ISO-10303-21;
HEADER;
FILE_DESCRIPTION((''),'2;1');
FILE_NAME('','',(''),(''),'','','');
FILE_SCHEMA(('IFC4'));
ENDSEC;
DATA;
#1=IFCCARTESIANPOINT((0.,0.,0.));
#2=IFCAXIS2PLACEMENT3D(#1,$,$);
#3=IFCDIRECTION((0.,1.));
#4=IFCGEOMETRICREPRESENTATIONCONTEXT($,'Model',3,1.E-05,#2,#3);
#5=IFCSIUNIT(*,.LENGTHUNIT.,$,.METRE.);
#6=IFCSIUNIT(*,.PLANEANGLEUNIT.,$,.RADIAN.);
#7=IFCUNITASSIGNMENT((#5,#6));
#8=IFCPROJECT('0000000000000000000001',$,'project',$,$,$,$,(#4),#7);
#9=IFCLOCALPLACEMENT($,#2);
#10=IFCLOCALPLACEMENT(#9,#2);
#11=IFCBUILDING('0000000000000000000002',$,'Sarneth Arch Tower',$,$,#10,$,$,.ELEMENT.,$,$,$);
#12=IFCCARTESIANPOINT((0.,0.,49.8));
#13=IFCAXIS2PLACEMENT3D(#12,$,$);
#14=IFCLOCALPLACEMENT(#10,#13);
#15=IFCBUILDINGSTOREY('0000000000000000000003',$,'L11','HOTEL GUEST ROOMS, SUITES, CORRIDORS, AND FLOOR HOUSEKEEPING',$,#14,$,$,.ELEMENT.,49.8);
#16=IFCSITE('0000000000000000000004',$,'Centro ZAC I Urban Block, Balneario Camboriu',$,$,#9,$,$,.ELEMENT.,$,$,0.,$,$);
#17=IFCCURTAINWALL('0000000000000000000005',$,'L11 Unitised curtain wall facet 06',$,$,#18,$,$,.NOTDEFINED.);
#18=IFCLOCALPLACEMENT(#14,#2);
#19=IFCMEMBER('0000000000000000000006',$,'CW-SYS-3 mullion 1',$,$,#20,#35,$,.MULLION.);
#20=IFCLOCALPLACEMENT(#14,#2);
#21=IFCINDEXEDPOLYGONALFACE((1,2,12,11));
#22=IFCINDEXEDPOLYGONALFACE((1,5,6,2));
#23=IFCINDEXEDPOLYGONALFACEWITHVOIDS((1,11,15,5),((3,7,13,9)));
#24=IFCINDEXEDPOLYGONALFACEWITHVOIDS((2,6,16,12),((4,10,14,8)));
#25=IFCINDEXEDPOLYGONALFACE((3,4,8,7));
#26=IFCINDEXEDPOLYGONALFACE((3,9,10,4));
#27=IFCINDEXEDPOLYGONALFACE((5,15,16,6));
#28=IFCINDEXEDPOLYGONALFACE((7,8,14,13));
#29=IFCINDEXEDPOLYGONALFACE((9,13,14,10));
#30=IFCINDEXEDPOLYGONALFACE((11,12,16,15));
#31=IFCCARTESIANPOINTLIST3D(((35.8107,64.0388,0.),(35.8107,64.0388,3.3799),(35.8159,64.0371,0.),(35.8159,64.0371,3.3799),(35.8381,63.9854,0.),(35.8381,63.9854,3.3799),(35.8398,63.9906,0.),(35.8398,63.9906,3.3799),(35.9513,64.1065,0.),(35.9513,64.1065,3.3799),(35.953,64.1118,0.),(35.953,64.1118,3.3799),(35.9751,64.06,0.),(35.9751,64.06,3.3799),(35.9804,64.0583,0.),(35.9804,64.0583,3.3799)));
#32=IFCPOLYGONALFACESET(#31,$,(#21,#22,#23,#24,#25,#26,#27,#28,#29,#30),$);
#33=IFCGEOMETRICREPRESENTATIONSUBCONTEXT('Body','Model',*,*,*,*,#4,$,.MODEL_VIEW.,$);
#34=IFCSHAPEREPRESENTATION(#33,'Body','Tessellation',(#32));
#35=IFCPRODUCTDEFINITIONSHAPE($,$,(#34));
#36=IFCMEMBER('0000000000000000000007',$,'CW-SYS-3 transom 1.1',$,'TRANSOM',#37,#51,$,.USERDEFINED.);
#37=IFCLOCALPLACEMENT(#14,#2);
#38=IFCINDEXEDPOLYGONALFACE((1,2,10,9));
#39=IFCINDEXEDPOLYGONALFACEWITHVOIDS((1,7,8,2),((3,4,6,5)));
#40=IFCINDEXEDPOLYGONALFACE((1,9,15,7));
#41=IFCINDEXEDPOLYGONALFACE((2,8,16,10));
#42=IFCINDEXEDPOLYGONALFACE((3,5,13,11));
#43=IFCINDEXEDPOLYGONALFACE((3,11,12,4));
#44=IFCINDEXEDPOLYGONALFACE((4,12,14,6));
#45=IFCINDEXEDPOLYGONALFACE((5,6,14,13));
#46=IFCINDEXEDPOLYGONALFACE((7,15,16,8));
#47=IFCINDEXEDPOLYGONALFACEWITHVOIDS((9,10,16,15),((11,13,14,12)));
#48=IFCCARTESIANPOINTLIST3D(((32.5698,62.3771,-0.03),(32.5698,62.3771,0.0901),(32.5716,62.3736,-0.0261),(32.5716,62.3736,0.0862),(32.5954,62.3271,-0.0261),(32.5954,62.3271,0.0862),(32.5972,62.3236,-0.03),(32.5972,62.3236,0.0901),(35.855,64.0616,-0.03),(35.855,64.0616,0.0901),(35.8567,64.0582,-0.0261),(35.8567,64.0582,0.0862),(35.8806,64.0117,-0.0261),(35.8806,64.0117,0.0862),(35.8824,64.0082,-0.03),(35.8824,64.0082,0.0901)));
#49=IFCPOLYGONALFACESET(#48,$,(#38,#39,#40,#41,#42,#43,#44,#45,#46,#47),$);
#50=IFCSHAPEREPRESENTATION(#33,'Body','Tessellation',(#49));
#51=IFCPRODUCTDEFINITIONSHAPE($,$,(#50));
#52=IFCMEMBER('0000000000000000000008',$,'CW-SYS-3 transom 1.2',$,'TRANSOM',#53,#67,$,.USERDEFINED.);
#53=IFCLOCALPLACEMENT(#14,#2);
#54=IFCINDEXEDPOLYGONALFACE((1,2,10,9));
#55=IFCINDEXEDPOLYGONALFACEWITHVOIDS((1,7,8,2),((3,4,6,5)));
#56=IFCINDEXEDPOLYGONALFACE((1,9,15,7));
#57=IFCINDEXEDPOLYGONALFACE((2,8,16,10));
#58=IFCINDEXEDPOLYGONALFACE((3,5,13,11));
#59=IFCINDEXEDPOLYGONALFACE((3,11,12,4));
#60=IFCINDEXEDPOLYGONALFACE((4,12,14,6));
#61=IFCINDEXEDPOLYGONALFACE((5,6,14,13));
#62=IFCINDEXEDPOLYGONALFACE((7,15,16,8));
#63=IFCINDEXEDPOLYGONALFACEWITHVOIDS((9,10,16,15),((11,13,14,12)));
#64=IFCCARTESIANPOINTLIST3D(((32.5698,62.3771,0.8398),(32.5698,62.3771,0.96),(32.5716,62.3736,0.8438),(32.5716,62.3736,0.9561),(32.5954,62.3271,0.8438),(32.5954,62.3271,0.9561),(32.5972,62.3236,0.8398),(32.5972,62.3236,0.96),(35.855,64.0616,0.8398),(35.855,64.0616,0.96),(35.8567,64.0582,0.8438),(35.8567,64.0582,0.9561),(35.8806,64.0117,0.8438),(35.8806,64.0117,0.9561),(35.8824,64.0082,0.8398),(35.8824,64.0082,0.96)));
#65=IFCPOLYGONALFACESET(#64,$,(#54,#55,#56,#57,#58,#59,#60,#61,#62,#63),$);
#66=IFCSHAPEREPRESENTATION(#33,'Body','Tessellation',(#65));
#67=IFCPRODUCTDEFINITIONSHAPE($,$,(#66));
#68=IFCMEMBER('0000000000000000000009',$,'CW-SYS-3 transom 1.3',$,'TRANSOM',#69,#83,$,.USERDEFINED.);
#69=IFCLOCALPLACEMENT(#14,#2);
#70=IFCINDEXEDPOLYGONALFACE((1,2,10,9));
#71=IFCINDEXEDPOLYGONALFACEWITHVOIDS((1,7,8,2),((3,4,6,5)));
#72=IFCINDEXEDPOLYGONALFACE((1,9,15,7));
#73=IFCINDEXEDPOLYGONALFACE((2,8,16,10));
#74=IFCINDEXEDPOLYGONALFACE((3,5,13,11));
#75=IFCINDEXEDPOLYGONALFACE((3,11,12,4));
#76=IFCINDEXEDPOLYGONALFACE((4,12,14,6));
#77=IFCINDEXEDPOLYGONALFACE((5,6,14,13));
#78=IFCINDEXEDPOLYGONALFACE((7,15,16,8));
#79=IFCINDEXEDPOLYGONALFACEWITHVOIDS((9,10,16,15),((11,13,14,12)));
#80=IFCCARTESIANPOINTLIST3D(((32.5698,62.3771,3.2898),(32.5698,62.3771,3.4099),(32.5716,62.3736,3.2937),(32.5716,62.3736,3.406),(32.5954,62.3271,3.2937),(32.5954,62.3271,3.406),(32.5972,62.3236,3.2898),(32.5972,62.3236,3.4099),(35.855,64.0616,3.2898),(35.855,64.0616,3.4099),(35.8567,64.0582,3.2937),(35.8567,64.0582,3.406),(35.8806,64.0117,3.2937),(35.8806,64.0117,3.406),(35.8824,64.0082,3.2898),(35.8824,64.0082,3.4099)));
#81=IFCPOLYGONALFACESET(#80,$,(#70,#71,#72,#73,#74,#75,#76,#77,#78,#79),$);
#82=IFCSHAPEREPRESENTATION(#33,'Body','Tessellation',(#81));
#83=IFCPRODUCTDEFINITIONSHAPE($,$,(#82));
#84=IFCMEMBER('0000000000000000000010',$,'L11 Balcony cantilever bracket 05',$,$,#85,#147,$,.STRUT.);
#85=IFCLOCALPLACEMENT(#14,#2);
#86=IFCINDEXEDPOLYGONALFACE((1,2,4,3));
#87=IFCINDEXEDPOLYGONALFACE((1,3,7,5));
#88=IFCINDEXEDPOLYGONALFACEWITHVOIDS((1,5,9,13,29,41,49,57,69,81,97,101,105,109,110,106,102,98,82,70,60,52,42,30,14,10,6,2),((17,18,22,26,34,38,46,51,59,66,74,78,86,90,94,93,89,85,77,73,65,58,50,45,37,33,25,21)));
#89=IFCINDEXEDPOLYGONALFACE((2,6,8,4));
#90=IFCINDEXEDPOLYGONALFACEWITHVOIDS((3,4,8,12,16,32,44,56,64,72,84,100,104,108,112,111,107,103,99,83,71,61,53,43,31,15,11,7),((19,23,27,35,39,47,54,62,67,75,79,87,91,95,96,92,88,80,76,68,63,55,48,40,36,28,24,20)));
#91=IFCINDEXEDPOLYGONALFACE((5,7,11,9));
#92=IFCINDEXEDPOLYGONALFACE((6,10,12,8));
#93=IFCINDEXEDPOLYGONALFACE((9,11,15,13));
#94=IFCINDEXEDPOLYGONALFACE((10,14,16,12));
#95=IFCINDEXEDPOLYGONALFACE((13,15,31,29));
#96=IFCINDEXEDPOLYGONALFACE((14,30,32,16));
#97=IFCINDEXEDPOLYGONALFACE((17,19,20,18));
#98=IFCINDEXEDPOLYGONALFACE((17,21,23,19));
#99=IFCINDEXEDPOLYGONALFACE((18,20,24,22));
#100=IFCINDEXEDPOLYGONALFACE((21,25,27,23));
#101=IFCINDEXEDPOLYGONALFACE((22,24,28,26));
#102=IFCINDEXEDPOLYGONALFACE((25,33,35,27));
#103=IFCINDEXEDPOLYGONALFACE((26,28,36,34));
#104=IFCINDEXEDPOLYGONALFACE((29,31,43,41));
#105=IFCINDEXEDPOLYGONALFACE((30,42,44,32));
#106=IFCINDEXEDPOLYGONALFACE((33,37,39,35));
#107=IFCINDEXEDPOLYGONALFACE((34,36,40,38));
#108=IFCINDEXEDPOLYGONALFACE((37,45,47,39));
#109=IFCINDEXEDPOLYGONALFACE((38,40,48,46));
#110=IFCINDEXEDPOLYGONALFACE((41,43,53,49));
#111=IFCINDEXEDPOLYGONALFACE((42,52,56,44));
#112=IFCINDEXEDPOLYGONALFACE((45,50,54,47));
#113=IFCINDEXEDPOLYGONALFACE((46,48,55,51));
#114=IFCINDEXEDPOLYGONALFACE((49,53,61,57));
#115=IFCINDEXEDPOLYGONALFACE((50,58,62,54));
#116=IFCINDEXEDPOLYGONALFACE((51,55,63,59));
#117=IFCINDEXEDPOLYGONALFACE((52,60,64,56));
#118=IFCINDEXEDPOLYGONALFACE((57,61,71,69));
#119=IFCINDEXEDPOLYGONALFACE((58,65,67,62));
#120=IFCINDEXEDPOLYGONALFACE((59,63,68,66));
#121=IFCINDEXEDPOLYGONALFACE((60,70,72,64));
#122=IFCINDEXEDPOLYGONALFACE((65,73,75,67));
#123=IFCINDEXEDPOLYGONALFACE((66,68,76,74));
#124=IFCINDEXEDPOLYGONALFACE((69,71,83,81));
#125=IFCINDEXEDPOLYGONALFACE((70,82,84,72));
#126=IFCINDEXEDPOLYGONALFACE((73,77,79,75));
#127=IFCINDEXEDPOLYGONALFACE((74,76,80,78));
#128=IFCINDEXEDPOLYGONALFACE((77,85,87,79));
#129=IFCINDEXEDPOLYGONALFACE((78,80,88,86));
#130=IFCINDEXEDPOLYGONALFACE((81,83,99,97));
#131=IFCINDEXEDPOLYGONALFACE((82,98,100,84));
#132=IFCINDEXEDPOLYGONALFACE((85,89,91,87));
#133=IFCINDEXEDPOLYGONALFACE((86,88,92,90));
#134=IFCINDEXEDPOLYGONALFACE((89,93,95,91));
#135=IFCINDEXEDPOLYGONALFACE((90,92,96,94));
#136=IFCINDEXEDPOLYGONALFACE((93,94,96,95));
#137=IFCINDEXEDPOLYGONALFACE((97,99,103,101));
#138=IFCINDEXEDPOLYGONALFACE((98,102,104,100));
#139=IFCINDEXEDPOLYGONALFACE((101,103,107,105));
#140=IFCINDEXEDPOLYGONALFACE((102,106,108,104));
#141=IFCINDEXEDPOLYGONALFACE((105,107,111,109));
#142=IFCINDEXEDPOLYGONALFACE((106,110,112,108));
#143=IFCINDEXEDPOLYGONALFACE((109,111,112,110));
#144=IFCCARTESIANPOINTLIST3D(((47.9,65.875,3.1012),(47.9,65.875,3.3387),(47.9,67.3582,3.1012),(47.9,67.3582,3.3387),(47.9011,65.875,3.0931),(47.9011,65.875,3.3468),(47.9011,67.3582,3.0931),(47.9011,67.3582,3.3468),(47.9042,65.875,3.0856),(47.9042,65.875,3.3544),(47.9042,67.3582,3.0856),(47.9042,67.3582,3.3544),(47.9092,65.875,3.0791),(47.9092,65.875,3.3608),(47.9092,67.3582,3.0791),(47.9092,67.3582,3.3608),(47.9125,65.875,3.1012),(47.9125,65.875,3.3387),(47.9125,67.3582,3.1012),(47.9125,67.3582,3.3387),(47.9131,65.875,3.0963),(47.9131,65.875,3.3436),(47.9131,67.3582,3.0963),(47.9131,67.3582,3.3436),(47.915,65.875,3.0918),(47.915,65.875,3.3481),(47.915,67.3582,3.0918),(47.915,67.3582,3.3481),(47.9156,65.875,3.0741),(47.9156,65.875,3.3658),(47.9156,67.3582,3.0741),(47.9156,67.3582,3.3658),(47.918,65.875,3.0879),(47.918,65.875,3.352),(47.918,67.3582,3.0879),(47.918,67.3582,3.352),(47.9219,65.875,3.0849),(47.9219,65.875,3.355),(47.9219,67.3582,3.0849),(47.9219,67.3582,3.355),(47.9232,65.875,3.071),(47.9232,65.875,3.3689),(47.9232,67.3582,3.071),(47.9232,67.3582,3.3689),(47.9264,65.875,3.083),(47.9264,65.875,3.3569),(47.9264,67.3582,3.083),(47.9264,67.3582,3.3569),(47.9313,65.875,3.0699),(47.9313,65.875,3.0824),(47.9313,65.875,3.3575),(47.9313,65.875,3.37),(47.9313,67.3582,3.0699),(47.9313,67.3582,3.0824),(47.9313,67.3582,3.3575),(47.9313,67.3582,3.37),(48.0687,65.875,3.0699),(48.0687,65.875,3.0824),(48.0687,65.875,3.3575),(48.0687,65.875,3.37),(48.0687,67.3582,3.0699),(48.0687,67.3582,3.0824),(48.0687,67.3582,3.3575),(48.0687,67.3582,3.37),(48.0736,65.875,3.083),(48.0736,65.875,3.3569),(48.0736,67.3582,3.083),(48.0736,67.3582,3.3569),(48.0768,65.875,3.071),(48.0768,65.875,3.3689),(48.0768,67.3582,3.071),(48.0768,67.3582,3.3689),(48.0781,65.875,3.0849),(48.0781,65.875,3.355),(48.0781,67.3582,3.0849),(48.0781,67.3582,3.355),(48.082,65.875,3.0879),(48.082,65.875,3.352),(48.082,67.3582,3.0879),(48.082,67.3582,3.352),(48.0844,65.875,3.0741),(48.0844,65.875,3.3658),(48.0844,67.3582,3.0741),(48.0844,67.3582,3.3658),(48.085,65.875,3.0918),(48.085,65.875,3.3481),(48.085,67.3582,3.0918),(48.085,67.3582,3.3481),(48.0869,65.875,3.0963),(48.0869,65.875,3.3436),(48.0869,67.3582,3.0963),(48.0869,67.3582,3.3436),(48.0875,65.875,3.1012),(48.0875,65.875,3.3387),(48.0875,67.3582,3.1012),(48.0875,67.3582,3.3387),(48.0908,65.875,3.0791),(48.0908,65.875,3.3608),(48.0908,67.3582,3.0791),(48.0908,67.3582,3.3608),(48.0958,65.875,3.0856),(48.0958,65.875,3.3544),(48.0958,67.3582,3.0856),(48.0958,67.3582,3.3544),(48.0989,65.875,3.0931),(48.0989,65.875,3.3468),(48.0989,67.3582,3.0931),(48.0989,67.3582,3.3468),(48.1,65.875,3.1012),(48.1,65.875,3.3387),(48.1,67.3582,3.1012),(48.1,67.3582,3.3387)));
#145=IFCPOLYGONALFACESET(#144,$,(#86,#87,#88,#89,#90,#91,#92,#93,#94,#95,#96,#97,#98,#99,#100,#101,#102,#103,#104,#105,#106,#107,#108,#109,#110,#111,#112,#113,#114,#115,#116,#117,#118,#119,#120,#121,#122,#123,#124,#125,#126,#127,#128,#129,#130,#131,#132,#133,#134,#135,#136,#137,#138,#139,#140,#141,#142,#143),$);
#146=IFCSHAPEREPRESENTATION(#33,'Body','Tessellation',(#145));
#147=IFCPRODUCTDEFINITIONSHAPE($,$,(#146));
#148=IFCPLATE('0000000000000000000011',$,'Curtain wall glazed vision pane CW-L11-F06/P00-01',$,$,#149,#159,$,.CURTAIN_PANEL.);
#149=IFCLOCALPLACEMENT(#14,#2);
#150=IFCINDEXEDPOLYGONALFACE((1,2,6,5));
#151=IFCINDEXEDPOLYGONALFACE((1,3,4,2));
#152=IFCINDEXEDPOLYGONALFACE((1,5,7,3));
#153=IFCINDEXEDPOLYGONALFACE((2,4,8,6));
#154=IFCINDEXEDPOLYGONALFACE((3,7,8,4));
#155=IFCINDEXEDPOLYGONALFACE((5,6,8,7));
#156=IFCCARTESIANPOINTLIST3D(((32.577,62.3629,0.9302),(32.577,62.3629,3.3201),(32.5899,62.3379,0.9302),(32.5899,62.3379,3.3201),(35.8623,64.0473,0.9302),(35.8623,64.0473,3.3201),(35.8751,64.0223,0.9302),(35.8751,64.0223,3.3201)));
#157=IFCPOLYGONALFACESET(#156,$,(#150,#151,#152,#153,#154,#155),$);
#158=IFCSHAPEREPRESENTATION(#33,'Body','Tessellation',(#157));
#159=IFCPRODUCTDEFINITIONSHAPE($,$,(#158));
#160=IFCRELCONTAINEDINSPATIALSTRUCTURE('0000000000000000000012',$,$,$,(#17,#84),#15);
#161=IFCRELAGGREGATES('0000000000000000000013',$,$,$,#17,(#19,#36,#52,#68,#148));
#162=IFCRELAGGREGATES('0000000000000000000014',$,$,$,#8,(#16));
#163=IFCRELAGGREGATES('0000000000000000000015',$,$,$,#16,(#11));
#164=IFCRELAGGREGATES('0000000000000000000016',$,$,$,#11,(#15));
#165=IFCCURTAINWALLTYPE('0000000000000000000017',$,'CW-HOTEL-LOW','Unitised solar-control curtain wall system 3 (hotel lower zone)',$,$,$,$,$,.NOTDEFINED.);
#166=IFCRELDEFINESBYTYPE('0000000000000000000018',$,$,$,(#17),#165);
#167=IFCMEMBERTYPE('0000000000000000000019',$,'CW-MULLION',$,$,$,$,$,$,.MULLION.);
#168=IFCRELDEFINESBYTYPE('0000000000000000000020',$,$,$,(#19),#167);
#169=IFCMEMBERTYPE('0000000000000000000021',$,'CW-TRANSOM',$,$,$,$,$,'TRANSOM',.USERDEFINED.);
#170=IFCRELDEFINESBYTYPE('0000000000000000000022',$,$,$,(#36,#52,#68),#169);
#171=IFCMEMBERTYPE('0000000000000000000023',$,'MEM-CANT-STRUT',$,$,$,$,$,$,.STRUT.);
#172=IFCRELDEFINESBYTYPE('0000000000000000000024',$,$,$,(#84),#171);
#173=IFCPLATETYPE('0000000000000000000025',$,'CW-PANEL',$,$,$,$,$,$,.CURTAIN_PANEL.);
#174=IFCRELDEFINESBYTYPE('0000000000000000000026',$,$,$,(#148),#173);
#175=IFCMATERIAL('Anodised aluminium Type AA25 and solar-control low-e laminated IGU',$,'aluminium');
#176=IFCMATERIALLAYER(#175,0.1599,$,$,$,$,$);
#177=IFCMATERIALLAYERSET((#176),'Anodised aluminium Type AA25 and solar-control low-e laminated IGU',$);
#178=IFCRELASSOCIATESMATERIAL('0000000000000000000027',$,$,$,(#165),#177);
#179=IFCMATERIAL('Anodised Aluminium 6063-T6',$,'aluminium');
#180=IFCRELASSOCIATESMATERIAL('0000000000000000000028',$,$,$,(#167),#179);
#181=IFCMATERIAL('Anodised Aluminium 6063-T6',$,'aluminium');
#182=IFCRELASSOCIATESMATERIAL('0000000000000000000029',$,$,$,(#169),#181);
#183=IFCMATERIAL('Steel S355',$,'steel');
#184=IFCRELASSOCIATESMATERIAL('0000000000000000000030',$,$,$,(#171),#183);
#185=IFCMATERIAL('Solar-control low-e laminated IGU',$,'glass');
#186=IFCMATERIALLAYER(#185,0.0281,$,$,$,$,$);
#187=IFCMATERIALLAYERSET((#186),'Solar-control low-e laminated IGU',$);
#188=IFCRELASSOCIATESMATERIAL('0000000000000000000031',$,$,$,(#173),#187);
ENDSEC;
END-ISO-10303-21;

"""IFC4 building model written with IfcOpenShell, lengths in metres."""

from ifc_helpers import new_model, si_unit, direction, frame, origin, origin_2d, place, context, subcontext, project, spatial, rectangle, hollow_rectangle, extrude, material, layer, layer_set, material_profile, profile_set, type_object, element, aggregate, save


model = new_model("IFC4")

# Units and contexts
model_context = context("Model", 3, precision=1e-05, world=origin(), true_north=direction((0.0, 1.0)))
body_context = subcontext(model_context, "Body", "Model", "MODEL_VIEW")
ifc_project = project(units=[si_unit("LENGTHUNIT", "METRE"), si_unit("PLANEANGLEUNIT", "RADIAN")], contexts=[model_context])

# Site, building, storey
site_placement = place(None, origin())
site = spatial("IfcSite", under=ifc_project, at=site_placement, Name="Centro ZAC I Urban Block, Balneario Camboriu", CompositionType="ELEMENT", RefElevation=0.0)
building_placement = place(site_placement, origin())
building = spatial("IfcBuilding", under=site, at=building_placement, Name="Sarneth Arch Tower", CompositionType="ELEMENT")
storey_placement = place(building_placement, frame((0.0, 0.0, 49.8)))
storey = spatial("IfcBuildingStorey", under=building, at=storey_placement, Name="L11", Description="HOTEL GUEST ROOMS, SUITES, CORRIDORS, AND FLOOR HOUSEKEEPING", CompositionType="ELEMENT", Elevation=49.8)

# Curtain wall, members
ifc_material_1 = material(Name="Anodised aluminium Type AA25 and solar-control low-e laminated IGU", Category="aluminium")
ifc_layer_1 = layer(ifc_material_1, 0.1599)
ifc_layer_set_1 = layer_set([ifc_layer_1], Name="Anodised aluminium Type AA25 and solar-control low-e laminated IGU")
curtain_wall_type = type_object("IfcCurtainWallType", Name="CW-HOTEL-LOW", Description="Unitised solar-control curtain wall system 3 (hotel lower zone)", PredefinedType="NOTDEFINED", material=ifc_layer_set_1)
curtain_wall_placement = place(storey_placement, origin())
curtain_wall = element("IfcCurtainWall", 1, at=curtain_wall_placement, inside=storey, type_object=curtain_wall_type, Name="L11 Unitised curtain wall facet 06", PredefinedType="NOTDEFINED")
ifc_material_2 = material(Name="Anodised Aluminium 6063-T6", Category="aluminium")
ifc_material_profile_1 = material_profile(ifc_material_2, hollow_rectangle(XDim=0.0601, YDim=0.1599, WallThickness=0.0039, at=origin_2d()), Name="AL-MULL-160x60x4")
ifc_profile_set_1 = profile_set([ifc_material_profile_1], Name="Anodised Aluminium 6063-T6")
member_type_1 = type_object("IfcMemberType", Name="CW-MULLION", PredefinedType="MULLION", material=ifc_profile_set_1)
member_1_placement = place(storey_placement, frame((35.8955, 64.0486, 0.0), z_axis=(0.0, 0.0, 1.0), x_axis=(0.456245, -0.889854, 0.0)))
member_1 = element("IfcMember", 2, at=member_1_placement, type_object=member_type_1, Name="CW-SYS-3 mullion 1", PredefinedType="MULLION", context=body_context, shape_type="SweptSolid", body=[
    extrude(hollow_rectangle(XDim=0.0601, YDim=0.1599, WallThickness=0.0039, at=origin_2d()), origin(), (0.0, 0.0, 1.0), 3.3799),
])
ifc_material_3 = material(Name="Anodised Aluminium 6063-T6", Category="aluminium")
ifc_material_profile_2 = material_profile(ifc_material_3, hollow_rectangle(XDim=0.0601, YDim=0.1201, WallThickness=0.0039, at=origin_2d()), Name="AL-TRAN-120x60x4")
ifc_profile_set_2 = profile_set([ifc_material_profile_2], Name="Anodised Aluminium 6063-T6")
member_type_2 = type_object("IfcMemberType", Name="CW-TRANSOM", ElementType="TRANSOM", PredefinedType="USERDEFINED", material=ifc_profile_set_2)
member_2_placement = place(storey_placement, frame((35.8687, 64.0349, 0.03), z_axis=(-0.889831, -0.45629, 0.0), x_axis=(0.45629, -0.889831, 0.0)))
member_2 = element("IfcMember", 3, at=member_2_placement, type_object=member_type_2, Name="CW-SYS-3 transom 1.1", ObjectType="TRANSOM", PredefinedType="USERDEFINED", context=body_context, shape_type="SweptSolid", body=[
    extrude(hollow_rectangle(XDim=0.0601, YDim=0.1201, WallThickness=0.0039, at=origin_2d()), origin(), (0.0, 0.0, 1.0), 3.6919),
])
member_3_placement = place(storey_placement, frame((35.8687, 64.0349, 0.8999), z_axis=(-0.889831, -0.45629, 0.0), x_axis=(0.45629, -0.889831, 0.0)))
member_3 = element("IfcMember", 4, at=member_3_placement, type_object=member_type_2, Name="CW-SYS-3 transom 1.2", ObjectType="TRANSOM", PredefinedType="USERDEFINED", context=body_context, shape_type="SweptSolid", body=[
    extrude(hollow_rectangle(XDim=0.0601, YDim=0.1201, WallThickness=0.0039, at=origin_2d()), origin(), (0.0, 0.0, 1.0), 3.6919),
])
member_4_placement = place(storey_placement, frame((35.8687, 64.0349, 3.3499), z_axis=(-0.889831, -0.45629, 0.0), x_axis=(0.45629, -0.889831, 0.0)))
member_4 = element("IfcMember", 5, at=member_4_placement, type_object=member_type_2, Name="CW-SYS-3 transom 1.3", ObjectType="TRANSOM", PredefinedType="USERDEFINED", context=body_context, shape_type="SweptSolid", body=[
    extrude(hollow_rectangle(XDim=0.0601, YDim=0.1201, WallThickness=0.0039, at=origin_2d()), origin(), (0.0, 0.0, 1.0), 3.6919),
])

# Member
ifc_material_4 = material(Name="Steel S355", Category="steel")
ifc_material_profile_3 = material_profile(ifc_material_4, hollow_rectangle(XDim=0.2, YDim=0.3, WallThickness=0.0125, InnerFilletRadius=0.0188, OuterFilletRadius=0.0312, at=origin_2d()), Name="RHS300x200x12.5")
ifc_profile_set_3 = profile_set([ifc_material_profile_3], Name="Steel S355")
member_type_3 = type_object("IfcMemberType", Name="MEM-CANT-STRUT", PredefinedType="STRUT", material=ifc_profile_set_3)
member_5_placement = place(storey_placement, frame((48.0, 65.875, 3.22), z_axis=(0.0, 1.0, 0.0), x_axis=(-1.0, 0.0, 0.0)))
element("IfcMember", 6, at=member_5_placement, inside=storey, type_object=member_type_3, Name="L11 Balcony cantilever bracket 05", PredefinedType="STRUT", context=body_context, shape_type="SweptSolid", body=[
    extrude(hollow_rectangle(XDim=0.2, YDim=0.3, WallThickness=0.0125, InnerFilletRadius=0.0188, OuterFilletRadius=0.0312, at=origin_2d()), origin(), (0.0, 0.0, 1.0), 1.4832),
])

# Plate
ifc_material_5 = material(Name="Solar-control low-e laminated IGU", Category="glass")
ifc_layer_2 = layer(ifc_material_5, 0.0281)
ifc_layer_set_2 = layer_set([ifc_layer_2], Name="Solar-control low-e laminated IGU")
plate_type = type_object("IfcPlateType", Name="CW-PANEL", PredefinedType="CURTAIN_PANEL", material=ifc_layer_set_2)
plate_placement = place(storey_placement, frame((34.2261, 63.1926, 0.9302), z_axis=(0.0, 0.0, 1.0), x_axis=(-0.889854, -0.456245, 0.0)))
plate = element("IfcPlate", 7, at=plate_placement, type_object=plate_type, Name="Curtain wall glazed vision pane CW-L11-F06/P00-01", PredefinedType="CURTAIN_PANEL", context=body_context, shape_type="SweptSolid", body=[
    extrude(rectangle(XDim=3.6919, YDim=0.0281, at=origin_2d()), origin(), (0.0, 0.0, 1.0), 2.3899),
])
aggregate(curtain_wall, [member_1, member_2, member_3, member_4, plate])

save(model, "model.ifc")
